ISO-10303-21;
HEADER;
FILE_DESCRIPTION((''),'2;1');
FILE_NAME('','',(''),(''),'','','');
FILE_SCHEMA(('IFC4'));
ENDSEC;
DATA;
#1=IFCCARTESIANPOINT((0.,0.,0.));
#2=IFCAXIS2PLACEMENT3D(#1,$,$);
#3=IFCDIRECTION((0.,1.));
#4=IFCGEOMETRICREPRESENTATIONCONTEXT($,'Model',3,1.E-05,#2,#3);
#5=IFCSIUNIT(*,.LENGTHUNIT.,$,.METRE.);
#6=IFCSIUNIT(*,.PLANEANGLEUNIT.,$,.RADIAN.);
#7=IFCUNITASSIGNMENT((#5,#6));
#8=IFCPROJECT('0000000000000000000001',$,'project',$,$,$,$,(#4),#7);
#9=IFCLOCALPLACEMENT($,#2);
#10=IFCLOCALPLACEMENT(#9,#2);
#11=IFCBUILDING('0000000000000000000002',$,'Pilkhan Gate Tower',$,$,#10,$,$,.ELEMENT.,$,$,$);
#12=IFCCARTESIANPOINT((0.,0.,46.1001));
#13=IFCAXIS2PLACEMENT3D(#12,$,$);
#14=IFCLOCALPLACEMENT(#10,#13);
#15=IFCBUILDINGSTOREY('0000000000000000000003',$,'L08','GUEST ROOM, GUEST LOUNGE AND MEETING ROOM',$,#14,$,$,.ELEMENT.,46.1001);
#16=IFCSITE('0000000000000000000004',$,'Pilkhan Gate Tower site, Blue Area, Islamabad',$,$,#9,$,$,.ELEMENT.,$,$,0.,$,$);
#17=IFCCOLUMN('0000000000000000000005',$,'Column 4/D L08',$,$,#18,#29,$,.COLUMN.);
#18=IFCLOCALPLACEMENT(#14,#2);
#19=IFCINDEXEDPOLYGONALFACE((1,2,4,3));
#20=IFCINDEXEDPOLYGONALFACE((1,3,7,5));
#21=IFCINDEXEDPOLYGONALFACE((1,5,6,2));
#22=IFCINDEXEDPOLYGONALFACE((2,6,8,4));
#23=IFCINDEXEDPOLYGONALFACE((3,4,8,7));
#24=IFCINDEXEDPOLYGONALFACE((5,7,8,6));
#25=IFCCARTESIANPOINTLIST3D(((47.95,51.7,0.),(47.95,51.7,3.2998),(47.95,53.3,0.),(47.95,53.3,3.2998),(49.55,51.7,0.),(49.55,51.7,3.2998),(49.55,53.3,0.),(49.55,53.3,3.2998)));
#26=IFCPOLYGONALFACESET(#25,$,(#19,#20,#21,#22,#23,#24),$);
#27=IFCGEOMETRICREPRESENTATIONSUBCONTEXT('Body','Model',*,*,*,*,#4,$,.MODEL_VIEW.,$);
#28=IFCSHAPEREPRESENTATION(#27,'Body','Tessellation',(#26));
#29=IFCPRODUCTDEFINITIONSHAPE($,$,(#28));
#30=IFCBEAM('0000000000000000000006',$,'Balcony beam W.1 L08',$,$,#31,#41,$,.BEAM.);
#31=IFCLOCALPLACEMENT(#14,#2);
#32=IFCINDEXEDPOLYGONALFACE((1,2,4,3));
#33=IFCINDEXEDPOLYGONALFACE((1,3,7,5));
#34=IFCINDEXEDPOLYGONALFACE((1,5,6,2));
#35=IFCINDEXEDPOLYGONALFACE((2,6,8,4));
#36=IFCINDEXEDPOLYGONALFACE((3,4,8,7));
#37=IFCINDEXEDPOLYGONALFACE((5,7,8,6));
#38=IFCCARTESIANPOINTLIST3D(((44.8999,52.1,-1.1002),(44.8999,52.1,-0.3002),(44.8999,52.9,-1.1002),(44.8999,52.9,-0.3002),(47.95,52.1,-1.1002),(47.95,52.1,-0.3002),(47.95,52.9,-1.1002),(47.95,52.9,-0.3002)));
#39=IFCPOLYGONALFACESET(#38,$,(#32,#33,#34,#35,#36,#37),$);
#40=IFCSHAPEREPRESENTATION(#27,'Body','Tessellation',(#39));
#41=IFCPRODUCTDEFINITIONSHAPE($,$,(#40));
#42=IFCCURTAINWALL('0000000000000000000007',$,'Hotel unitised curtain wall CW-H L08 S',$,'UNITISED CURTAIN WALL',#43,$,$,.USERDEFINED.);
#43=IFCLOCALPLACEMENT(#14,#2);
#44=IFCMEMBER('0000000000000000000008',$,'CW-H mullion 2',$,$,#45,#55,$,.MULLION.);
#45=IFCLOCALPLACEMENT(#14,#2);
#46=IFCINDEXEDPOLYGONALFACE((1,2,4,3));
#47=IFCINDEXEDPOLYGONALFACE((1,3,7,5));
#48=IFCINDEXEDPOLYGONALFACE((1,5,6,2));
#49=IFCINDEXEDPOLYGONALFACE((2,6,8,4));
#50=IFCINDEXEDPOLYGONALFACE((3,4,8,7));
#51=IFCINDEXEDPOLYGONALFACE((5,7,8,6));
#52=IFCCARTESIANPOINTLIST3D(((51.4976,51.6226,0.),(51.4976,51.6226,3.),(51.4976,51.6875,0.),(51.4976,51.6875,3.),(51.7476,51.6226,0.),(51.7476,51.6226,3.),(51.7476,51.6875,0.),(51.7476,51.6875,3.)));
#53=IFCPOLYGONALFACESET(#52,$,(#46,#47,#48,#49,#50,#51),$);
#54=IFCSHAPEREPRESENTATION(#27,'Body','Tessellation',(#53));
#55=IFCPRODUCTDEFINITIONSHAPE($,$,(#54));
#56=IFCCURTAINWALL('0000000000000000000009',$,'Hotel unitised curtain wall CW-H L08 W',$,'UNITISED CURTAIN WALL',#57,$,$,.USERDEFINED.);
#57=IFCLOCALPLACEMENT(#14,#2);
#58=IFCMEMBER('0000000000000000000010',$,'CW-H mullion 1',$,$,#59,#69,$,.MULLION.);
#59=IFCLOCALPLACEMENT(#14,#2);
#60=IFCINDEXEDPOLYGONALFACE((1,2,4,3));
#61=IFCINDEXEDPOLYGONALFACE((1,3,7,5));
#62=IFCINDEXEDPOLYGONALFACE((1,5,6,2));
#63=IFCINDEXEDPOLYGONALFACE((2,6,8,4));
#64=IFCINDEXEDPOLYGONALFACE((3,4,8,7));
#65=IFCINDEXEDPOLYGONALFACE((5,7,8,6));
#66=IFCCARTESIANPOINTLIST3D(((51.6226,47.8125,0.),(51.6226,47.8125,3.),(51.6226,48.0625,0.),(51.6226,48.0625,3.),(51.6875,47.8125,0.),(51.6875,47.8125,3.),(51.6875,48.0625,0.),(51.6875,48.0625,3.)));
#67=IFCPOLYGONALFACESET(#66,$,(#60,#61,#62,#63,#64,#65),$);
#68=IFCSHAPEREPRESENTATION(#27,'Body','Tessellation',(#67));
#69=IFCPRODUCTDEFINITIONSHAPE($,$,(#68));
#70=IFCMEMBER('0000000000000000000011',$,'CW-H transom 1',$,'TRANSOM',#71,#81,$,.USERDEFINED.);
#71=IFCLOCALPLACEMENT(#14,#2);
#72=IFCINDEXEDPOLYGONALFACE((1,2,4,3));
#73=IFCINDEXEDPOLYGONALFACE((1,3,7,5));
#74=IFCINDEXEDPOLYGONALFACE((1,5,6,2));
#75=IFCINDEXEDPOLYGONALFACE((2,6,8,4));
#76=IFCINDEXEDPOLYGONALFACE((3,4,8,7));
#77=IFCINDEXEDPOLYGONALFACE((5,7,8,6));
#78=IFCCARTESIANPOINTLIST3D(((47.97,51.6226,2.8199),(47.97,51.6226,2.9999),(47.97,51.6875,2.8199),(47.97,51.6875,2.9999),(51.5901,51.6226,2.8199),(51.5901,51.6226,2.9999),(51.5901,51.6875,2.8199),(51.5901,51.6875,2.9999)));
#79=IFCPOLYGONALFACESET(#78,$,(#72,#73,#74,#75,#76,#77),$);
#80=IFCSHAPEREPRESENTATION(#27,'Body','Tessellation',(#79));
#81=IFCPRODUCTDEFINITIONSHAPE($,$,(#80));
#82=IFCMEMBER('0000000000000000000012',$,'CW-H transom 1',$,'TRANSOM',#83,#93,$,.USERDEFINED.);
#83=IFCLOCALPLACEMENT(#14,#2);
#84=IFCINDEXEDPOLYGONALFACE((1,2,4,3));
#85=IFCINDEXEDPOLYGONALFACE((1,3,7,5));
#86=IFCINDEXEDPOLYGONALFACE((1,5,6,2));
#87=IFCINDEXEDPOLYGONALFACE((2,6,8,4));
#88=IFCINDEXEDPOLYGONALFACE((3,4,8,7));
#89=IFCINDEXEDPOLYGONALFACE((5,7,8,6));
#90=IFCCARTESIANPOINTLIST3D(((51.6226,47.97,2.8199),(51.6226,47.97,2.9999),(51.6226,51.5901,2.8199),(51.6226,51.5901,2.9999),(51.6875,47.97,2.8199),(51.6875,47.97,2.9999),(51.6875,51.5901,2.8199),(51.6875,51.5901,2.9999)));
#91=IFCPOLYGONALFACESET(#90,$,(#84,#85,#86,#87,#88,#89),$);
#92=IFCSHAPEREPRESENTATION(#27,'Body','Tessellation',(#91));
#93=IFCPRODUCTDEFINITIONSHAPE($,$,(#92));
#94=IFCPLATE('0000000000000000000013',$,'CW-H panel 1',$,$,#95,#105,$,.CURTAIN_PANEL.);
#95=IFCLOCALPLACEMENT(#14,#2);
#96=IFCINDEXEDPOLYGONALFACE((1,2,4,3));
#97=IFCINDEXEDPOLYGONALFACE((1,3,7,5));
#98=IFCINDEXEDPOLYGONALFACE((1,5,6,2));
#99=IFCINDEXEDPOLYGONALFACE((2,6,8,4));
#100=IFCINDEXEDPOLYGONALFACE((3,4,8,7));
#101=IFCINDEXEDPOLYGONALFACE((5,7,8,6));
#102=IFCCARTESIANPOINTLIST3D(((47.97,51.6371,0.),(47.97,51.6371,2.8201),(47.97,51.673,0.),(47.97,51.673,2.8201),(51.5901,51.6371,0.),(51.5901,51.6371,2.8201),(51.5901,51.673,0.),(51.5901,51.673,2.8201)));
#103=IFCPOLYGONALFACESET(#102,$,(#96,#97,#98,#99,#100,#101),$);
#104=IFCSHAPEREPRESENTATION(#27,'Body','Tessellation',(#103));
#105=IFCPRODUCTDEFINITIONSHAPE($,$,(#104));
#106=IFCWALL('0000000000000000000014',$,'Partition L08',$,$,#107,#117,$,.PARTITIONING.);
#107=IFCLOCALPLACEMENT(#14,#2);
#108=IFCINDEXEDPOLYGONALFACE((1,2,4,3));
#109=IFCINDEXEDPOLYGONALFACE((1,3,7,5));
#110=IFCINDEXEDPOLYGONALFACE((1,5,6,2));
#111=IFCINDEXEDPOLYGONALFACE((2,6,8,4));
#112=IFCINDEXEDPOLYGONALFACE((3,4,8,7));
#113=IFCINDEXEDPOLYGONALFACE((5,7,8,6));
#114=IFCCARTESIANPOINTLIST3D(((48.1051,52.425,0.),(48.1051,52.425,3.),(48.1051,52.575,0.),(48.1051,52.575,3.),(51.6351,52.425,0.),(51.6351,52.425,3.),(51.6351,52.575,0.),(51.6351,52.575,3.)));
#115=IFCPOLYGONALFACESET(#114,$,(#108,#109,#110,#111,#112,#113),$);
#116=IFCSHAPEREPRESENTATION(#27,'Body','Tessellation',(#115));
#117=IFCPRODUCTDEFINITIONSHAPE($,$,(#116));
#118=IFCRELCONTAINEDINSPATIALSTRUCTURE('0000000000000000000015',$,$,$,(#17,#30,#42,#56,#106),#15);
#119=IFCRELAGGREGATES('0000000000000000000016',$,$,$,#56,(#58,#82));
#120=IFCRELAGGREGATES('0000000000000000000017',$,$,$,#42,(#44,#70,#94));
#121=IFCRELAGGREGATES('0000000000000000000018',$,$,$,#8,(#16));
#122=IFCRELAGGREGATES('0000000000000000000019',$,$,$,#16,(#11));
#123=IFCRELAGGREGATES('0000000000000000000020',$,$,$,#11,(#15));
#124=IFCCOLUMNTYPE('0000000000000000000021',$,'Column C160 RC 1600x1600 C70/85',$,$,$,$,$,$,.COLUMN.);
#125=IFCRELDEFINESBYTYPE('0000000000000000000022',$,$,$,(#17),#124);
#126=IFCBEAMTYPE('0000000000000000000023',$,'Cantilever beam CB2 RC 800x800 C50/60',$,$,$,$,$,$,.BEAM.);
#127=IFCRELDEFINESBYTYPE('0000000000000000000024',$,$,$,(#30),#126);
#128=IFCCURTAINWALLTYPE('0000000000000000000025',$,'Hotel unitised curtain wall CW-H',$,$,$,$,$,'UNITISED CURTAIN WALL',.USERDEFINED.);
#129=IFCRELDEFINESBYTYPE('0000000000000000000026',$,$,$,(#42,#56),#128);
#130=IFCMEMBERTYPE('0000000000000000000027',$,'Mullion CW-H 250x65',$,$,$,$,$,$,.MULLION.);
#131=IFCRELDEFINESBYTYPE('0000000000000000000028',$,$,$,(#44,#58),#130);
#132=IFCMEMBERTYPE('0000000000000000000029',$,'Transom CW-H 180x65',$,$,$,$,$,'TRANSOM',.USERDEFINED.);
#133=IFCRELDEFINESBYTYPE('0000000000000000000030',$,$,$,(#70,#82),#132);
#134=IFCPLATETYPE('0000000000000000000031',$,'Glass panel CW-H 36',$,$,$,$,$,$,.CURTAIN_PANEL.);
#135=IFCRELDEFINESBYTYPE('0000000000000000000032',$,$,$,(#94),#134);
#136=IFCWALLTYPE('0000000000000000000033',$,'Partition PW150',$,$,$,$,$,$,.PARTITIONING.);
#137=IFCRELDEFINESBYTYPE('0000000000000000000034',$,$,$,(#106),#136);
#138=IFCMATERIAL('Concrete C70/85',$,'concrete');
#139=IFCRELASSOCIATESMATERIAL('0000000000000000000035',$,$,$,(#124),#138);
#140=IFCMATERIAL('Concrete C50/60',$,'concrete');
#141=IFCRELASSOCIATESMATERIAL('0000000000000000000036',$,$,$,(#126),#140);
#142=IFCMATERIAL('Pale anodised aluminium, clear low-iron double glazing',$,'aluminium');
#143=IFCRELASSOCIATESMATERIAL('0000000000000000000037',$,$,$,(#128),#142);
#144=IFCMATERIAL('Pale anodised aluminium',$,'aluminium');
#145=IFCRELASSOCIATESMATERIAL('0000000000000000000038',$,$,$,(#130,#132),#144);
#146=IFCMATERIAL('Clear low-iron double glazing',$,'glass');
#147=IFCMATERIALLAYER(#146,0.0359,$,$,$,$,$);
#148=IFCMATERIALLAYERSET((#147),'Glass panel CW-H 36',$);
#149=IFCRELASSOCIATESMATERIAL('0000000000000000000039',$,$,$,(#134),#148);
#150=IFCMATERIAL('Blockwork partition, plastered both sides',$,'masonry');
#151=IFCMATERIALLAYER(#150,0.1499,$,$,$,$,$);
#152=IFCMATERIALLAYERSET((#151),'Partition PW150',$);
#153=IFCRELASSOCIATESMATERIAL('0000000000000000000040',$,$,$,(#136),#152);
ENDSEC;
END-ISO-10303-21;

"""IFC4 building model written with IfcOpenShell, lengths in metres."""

from ifc_helpers import new_model, si_unit, direction, frame, frame_2d, origin, origin_2d, place, context, subcontext, project, spatial, rectangle, extrude, material, layer, layer_set, material_profile, profile_set, type_object, element, aggregate, save


model = new_model("IFC4")

# Units and contexts
model_context = context("Model", 3, precision=1e-05, world=origin(), true_north=direction((0.0, 1.0)))
body_context = subcontext(model_context, "Body", "Model", "MODEL_VIEW")
ifc_project = project(units=[si_unit("LENGTHUNIT", "METRE"), si_unit("PLANEANGLEUNIT", "RADIAN")], contexts=[model_context])

# Site, building, storey
site_placement = place(None, origin())
site = spatial("IfcSite", under=ifc_project, at=site_placement, Name="Pilkhan Gate Tower site, Blue Area, Islamabad", CompositionType="ELEMENT", RefElevation=0.0)
building_placement = place(site_placement, origin())
building = spatial("IfcBuilding", under=site, at=building_placement, Name="Pilkhan Gate Tower", CompositionType="ELEMENT")
storey_placement = place(building_placement, frame((0.0, 0.0, 46.1001)))
storey = spatial("IfcBuildingStorey", under=building, at=storey_placement, Name="L08", Description="GUEST ROOM, GUEST LOUNGE AND MEETING ROOM", CompositionType="ELEMENT", Elevation=46.1001)

# Column
ifc_material_1 = material(Name="Concrete C70/85", Category="concrete")
ifc_material_profile_1 = material_profile(ifc_material_1, rectangle(XDim=1.6001, YDim=1.6001, at=origin_2d()), Name="RC 1600x1600")
ifc_profile_set_1 = profile_set([ifc_material_profile_1], Name="Concrete C70/85")
column_type = type_object("IfcColumnType", Name="Column C160 RC 1600x1600 C70/85", PredefinedType="COLUMN", material=ifc_profile_set_1)
column_placement = place(storey_placement, frame((48.75, 52.5, 0.0), z_axis=(0.0, 0.0, 1.0), x_axis=(1.0, 0.0, 0.0)))
element("IfcColumn", 1, at=column_placement, inside=storey, type_object=column_type, Name="Column 4/D L08", PredefinedType="COLUMN", context=body_context, shape_type="SweptSolid", body=[
    extrude(rectangle(XDim=1.6001, YDim=1.6001, at=origin_2d()), origin(), (0.0, 0.0, 1.0), 3.2998),
])

# Beam
ifc_material_2 = material(Name="Concrete C50/60", Category="concrete")
ifc_material_profile_2 = material_profile(ifc_material_2, rectangle(XDim=0.8, YDim=0.8, at=origin_2d()), Name="RC 800x800")
ifc_profile_set_2 = profile_set([ifc_material_profile_2], Name="Concrete C50/60")
beam_type = type_object("IfcBeamType", Name="Cantilever beam CB2 RC 800x800 C50/60", PredefinedType="BEAM", material=ifc_profile_set_2)
beam_placement = place(storey_placement, frame((47.95, 52.5, -0.7002), z_axis=(-1.0, 0.0, 0.0), x_axis=(0.0, -1.0, 0.0)))
element("IfcBeam", 2, at=beam_placement, inside=storey, type_object=beam_type, Name="Balcony beam W.1 L08", PredefinedType="BEAM", context=body_context, shape_type="SweptSolid", body=[
    extrude(rectangle(XDim=0.8, YDim=0.8, at=origin_2d()), origin(), (0.0, 0.0, 1.0), 3.05),
])

# Curtain walls, members
ifc_material_3 = material(Name="Pale anodised aluminium, clear low-iron double glazing", Category="aluminium")
curtain_wall_type = type_object("IfcCurtainWallType", Name="Hotel unitised curtain wall CW-H", ElementType="UNITISED CURTAIN WALL", PredefinedType="USERDEFINED", material=ifc_material_3)
curtain_wall_1_placement = place(storey_placement, origin())
curtain_wall_1 = element("IfcCurtainWall", 3, at=curtain_wall_1_placement, inside=storey, type_object=curtain_wall_type, Name="Hotel unitised curtain wall CW-H L08 S", ObjectType="UNITISED CURTAIN WALL", PredefinedType="USERDEFINED")
ifc_material_4 = material(Name="Pale anodised aluminium", Category="aluminium")
ifc_material_profile_3 = material_profile(ifc_material_4, rectangle(XDim=0.0649, YDim=0.25, at=origin_2d()), Name="Mullion 250x65")
ifc_profile_set_3 = profile_set([ifc_material_profile_3], Name="Pale anodised aluminium")
member_type_1 = type_object("IfcMemberType", Name="Mullion CW-H 250x65", PredefinedType="MULLION", material=ifc_profile_set_3)
member_1_placement = place(storey_placement, frame((51.6226, 51.655, 0.0), z_axis=(0.0, 0.0, 1.0), x_axis=(0.0, 1.0, 0.0)))
member_1 = element("IfcMember", 4, at=member_1_placement, type_object=member_type_1, Name="CW-H mullion 2", PredefinedType="MULLION", context=body_context, shape_type="SweptSolid", body=[
    extrude(rectangle(XDim=0.0649, YDim=0.25, at=origin_2d()), origin(), (0.0, 0.0, 1.0), 3.0),
])
curtain_wall_2_placement = place(storey_placement, origin())
curtain_wall_2 = element("IfcCurtainWall", 5, at=curtain_wall_2_placement, inside=storey, type_object=curtain_wall_type, Name="Hotel unitised curtain wall CW-H L08 W", ObjectType="UNITISED CURTAIN WALL", PredefinedType="USERDEFINED")
member_2_placement = place(storey_placement, frame((51.655, 47.9375, 0.0), z_axis=(0.0, 0.0, 1.0), x_axis=(-1.0, 0.0, 0.0)))
member_2 = element("IfcMember", 6, at=member_2_placement, type_object=member_type_1, Name="CW-H mullion 1", PredefinedType="MULLION", context=body_context, shape_type="SweptSolid", body=[
    extrude(rectangle(XDim=0.0649, YDim=0.25, at=origin_2d()), origin(), (0.0, 0.0, 1.0), 3.0),
])

# Members
ifc_material_profile_4 = material_profile(ifc_material_4, rectangle(XDim=0.0649, YDim=0.1799, at=origin_2d()), Name="Transom 180x65")
ifc_profile_set_4 = profile_set([ifc_material_profile_4], Name="Pale anodised aluminium")
member_type_2 = type_object("IfcMemberType", Name="Transom CW-H 180x65", ElementType="TRANSOM", PredefinedType="USERDEFINED", material=ifc_profile_set_4)
member_3_placement = place(storey_placement, frame((47.97, 51.655, 2.9099), z_axis=(1.0, 0.0, 0.0), x_axis=(0.0, 1.0, 0.0)))
member_3 = element("IfcMember", 7, at=member_3_placement, type_object=member_type_2, Name="CW-H transom 1", ObjectType="TRANSOM", PredefinedType="USERDEFINED", context=body_context, shape_type="SweptSolid", body=[
    extrude(rectangle(XDim=0.0649, YDim=0.1799, at=origin_2d()), origin(), (0.0, 0.0, 1.0), 3.6201),
])
member_4_placement = place(storey_placement, frame((51.655, 47.97, 2.9099), z_axis=(0.0, 1.0, 0.0), x_axis=(-1.0, 0.0, 0.0)))
member_4 = element("IfcMember", 8, at=member_4_placement, type_object=member_type_2, Name="CW-H transom 1", ObjectType="TRANSOM", PredefinedType="USERDEFINED", context=body_context, shape_type="SweptSolid", body=[
    extrude(rectangle(XDim=0.0649, YDim=0.1799, at=origin_2d()), origin(), (0.0, 0.0, 1.0), 3.6201),
])
aggregate(curtain_wall_2, [member_2, member_4])

# Plate
ifc_material_5 = material(Name="Clear low-iron double glazing", Category="glass")
ifc_layer_1 = layer(ifc_material_5, 0.0359)
ifc_layer_set_1 = layer_set([ifc_layer_1], Name="Glass panel CW-H 36")
plate_type = type_object("IfcPlateType", Name="Glass panel CW-H 36", PredefinedType="CURTAIN_PANEL", material=ifc_layer_set_1)
plate_placement = place(storey_placement, frame((49.78, 51.655, 0.0), z_axis=(0.0, 0.0, 1.0), x_axis=(1.0, 0.0, 0.0)))
plate = element("IfcPlate", 9, at=plate_placement, type_object=plate_type, Name="CW-H panel 1", PredefinedType="CURTAIN_PANEL", context=body_context, shape_type="SweptSolid", body=[
    extrude(rectangle(XDim=3.6201, YDim=0.0359, at=origin_2d()), origin(), (0.0, 0.0, 1.0), 2.8201),
])
aggregate(curtain_wall_1, [member_1, member_3, plate])

# Wall
ifc_material_6 = material(Name="Blockwork partition, plastered both sides", Category="masonry")
ifc_layer_2 = layer(ifc_material_6, 0.1499)
ifc_layer_set_2 = layer_set([ifc_layer_2], Name="Partition PW150")
wall_type = type_object("IfcWallType", Name="Partition PW150", PredefinedType="PARTITIONING", material=ifc_layer_set_2)
wall_placement = place(storey_placement, frame((48.105, 52.5, 0.0), z_axis=(0.0, 0.0, 1.0), x_axis=(1.0, 0.0, 0.0)))
element("IfcWall", 10, at=wall_placement, inside=storey, type_object=wall_type, Name="Partition L08", PredefinedType="PARTITIONING", context=body_context, shape_type="SweptSolid", body=[
    extrude(rectangle(XDim=3.53, YDim=0.1499, at=frame_2d((1.7651, 0.0))), origin(), (0.0, 0.0, 1.0), 3.0),
])

save(model, "model.ifc")
